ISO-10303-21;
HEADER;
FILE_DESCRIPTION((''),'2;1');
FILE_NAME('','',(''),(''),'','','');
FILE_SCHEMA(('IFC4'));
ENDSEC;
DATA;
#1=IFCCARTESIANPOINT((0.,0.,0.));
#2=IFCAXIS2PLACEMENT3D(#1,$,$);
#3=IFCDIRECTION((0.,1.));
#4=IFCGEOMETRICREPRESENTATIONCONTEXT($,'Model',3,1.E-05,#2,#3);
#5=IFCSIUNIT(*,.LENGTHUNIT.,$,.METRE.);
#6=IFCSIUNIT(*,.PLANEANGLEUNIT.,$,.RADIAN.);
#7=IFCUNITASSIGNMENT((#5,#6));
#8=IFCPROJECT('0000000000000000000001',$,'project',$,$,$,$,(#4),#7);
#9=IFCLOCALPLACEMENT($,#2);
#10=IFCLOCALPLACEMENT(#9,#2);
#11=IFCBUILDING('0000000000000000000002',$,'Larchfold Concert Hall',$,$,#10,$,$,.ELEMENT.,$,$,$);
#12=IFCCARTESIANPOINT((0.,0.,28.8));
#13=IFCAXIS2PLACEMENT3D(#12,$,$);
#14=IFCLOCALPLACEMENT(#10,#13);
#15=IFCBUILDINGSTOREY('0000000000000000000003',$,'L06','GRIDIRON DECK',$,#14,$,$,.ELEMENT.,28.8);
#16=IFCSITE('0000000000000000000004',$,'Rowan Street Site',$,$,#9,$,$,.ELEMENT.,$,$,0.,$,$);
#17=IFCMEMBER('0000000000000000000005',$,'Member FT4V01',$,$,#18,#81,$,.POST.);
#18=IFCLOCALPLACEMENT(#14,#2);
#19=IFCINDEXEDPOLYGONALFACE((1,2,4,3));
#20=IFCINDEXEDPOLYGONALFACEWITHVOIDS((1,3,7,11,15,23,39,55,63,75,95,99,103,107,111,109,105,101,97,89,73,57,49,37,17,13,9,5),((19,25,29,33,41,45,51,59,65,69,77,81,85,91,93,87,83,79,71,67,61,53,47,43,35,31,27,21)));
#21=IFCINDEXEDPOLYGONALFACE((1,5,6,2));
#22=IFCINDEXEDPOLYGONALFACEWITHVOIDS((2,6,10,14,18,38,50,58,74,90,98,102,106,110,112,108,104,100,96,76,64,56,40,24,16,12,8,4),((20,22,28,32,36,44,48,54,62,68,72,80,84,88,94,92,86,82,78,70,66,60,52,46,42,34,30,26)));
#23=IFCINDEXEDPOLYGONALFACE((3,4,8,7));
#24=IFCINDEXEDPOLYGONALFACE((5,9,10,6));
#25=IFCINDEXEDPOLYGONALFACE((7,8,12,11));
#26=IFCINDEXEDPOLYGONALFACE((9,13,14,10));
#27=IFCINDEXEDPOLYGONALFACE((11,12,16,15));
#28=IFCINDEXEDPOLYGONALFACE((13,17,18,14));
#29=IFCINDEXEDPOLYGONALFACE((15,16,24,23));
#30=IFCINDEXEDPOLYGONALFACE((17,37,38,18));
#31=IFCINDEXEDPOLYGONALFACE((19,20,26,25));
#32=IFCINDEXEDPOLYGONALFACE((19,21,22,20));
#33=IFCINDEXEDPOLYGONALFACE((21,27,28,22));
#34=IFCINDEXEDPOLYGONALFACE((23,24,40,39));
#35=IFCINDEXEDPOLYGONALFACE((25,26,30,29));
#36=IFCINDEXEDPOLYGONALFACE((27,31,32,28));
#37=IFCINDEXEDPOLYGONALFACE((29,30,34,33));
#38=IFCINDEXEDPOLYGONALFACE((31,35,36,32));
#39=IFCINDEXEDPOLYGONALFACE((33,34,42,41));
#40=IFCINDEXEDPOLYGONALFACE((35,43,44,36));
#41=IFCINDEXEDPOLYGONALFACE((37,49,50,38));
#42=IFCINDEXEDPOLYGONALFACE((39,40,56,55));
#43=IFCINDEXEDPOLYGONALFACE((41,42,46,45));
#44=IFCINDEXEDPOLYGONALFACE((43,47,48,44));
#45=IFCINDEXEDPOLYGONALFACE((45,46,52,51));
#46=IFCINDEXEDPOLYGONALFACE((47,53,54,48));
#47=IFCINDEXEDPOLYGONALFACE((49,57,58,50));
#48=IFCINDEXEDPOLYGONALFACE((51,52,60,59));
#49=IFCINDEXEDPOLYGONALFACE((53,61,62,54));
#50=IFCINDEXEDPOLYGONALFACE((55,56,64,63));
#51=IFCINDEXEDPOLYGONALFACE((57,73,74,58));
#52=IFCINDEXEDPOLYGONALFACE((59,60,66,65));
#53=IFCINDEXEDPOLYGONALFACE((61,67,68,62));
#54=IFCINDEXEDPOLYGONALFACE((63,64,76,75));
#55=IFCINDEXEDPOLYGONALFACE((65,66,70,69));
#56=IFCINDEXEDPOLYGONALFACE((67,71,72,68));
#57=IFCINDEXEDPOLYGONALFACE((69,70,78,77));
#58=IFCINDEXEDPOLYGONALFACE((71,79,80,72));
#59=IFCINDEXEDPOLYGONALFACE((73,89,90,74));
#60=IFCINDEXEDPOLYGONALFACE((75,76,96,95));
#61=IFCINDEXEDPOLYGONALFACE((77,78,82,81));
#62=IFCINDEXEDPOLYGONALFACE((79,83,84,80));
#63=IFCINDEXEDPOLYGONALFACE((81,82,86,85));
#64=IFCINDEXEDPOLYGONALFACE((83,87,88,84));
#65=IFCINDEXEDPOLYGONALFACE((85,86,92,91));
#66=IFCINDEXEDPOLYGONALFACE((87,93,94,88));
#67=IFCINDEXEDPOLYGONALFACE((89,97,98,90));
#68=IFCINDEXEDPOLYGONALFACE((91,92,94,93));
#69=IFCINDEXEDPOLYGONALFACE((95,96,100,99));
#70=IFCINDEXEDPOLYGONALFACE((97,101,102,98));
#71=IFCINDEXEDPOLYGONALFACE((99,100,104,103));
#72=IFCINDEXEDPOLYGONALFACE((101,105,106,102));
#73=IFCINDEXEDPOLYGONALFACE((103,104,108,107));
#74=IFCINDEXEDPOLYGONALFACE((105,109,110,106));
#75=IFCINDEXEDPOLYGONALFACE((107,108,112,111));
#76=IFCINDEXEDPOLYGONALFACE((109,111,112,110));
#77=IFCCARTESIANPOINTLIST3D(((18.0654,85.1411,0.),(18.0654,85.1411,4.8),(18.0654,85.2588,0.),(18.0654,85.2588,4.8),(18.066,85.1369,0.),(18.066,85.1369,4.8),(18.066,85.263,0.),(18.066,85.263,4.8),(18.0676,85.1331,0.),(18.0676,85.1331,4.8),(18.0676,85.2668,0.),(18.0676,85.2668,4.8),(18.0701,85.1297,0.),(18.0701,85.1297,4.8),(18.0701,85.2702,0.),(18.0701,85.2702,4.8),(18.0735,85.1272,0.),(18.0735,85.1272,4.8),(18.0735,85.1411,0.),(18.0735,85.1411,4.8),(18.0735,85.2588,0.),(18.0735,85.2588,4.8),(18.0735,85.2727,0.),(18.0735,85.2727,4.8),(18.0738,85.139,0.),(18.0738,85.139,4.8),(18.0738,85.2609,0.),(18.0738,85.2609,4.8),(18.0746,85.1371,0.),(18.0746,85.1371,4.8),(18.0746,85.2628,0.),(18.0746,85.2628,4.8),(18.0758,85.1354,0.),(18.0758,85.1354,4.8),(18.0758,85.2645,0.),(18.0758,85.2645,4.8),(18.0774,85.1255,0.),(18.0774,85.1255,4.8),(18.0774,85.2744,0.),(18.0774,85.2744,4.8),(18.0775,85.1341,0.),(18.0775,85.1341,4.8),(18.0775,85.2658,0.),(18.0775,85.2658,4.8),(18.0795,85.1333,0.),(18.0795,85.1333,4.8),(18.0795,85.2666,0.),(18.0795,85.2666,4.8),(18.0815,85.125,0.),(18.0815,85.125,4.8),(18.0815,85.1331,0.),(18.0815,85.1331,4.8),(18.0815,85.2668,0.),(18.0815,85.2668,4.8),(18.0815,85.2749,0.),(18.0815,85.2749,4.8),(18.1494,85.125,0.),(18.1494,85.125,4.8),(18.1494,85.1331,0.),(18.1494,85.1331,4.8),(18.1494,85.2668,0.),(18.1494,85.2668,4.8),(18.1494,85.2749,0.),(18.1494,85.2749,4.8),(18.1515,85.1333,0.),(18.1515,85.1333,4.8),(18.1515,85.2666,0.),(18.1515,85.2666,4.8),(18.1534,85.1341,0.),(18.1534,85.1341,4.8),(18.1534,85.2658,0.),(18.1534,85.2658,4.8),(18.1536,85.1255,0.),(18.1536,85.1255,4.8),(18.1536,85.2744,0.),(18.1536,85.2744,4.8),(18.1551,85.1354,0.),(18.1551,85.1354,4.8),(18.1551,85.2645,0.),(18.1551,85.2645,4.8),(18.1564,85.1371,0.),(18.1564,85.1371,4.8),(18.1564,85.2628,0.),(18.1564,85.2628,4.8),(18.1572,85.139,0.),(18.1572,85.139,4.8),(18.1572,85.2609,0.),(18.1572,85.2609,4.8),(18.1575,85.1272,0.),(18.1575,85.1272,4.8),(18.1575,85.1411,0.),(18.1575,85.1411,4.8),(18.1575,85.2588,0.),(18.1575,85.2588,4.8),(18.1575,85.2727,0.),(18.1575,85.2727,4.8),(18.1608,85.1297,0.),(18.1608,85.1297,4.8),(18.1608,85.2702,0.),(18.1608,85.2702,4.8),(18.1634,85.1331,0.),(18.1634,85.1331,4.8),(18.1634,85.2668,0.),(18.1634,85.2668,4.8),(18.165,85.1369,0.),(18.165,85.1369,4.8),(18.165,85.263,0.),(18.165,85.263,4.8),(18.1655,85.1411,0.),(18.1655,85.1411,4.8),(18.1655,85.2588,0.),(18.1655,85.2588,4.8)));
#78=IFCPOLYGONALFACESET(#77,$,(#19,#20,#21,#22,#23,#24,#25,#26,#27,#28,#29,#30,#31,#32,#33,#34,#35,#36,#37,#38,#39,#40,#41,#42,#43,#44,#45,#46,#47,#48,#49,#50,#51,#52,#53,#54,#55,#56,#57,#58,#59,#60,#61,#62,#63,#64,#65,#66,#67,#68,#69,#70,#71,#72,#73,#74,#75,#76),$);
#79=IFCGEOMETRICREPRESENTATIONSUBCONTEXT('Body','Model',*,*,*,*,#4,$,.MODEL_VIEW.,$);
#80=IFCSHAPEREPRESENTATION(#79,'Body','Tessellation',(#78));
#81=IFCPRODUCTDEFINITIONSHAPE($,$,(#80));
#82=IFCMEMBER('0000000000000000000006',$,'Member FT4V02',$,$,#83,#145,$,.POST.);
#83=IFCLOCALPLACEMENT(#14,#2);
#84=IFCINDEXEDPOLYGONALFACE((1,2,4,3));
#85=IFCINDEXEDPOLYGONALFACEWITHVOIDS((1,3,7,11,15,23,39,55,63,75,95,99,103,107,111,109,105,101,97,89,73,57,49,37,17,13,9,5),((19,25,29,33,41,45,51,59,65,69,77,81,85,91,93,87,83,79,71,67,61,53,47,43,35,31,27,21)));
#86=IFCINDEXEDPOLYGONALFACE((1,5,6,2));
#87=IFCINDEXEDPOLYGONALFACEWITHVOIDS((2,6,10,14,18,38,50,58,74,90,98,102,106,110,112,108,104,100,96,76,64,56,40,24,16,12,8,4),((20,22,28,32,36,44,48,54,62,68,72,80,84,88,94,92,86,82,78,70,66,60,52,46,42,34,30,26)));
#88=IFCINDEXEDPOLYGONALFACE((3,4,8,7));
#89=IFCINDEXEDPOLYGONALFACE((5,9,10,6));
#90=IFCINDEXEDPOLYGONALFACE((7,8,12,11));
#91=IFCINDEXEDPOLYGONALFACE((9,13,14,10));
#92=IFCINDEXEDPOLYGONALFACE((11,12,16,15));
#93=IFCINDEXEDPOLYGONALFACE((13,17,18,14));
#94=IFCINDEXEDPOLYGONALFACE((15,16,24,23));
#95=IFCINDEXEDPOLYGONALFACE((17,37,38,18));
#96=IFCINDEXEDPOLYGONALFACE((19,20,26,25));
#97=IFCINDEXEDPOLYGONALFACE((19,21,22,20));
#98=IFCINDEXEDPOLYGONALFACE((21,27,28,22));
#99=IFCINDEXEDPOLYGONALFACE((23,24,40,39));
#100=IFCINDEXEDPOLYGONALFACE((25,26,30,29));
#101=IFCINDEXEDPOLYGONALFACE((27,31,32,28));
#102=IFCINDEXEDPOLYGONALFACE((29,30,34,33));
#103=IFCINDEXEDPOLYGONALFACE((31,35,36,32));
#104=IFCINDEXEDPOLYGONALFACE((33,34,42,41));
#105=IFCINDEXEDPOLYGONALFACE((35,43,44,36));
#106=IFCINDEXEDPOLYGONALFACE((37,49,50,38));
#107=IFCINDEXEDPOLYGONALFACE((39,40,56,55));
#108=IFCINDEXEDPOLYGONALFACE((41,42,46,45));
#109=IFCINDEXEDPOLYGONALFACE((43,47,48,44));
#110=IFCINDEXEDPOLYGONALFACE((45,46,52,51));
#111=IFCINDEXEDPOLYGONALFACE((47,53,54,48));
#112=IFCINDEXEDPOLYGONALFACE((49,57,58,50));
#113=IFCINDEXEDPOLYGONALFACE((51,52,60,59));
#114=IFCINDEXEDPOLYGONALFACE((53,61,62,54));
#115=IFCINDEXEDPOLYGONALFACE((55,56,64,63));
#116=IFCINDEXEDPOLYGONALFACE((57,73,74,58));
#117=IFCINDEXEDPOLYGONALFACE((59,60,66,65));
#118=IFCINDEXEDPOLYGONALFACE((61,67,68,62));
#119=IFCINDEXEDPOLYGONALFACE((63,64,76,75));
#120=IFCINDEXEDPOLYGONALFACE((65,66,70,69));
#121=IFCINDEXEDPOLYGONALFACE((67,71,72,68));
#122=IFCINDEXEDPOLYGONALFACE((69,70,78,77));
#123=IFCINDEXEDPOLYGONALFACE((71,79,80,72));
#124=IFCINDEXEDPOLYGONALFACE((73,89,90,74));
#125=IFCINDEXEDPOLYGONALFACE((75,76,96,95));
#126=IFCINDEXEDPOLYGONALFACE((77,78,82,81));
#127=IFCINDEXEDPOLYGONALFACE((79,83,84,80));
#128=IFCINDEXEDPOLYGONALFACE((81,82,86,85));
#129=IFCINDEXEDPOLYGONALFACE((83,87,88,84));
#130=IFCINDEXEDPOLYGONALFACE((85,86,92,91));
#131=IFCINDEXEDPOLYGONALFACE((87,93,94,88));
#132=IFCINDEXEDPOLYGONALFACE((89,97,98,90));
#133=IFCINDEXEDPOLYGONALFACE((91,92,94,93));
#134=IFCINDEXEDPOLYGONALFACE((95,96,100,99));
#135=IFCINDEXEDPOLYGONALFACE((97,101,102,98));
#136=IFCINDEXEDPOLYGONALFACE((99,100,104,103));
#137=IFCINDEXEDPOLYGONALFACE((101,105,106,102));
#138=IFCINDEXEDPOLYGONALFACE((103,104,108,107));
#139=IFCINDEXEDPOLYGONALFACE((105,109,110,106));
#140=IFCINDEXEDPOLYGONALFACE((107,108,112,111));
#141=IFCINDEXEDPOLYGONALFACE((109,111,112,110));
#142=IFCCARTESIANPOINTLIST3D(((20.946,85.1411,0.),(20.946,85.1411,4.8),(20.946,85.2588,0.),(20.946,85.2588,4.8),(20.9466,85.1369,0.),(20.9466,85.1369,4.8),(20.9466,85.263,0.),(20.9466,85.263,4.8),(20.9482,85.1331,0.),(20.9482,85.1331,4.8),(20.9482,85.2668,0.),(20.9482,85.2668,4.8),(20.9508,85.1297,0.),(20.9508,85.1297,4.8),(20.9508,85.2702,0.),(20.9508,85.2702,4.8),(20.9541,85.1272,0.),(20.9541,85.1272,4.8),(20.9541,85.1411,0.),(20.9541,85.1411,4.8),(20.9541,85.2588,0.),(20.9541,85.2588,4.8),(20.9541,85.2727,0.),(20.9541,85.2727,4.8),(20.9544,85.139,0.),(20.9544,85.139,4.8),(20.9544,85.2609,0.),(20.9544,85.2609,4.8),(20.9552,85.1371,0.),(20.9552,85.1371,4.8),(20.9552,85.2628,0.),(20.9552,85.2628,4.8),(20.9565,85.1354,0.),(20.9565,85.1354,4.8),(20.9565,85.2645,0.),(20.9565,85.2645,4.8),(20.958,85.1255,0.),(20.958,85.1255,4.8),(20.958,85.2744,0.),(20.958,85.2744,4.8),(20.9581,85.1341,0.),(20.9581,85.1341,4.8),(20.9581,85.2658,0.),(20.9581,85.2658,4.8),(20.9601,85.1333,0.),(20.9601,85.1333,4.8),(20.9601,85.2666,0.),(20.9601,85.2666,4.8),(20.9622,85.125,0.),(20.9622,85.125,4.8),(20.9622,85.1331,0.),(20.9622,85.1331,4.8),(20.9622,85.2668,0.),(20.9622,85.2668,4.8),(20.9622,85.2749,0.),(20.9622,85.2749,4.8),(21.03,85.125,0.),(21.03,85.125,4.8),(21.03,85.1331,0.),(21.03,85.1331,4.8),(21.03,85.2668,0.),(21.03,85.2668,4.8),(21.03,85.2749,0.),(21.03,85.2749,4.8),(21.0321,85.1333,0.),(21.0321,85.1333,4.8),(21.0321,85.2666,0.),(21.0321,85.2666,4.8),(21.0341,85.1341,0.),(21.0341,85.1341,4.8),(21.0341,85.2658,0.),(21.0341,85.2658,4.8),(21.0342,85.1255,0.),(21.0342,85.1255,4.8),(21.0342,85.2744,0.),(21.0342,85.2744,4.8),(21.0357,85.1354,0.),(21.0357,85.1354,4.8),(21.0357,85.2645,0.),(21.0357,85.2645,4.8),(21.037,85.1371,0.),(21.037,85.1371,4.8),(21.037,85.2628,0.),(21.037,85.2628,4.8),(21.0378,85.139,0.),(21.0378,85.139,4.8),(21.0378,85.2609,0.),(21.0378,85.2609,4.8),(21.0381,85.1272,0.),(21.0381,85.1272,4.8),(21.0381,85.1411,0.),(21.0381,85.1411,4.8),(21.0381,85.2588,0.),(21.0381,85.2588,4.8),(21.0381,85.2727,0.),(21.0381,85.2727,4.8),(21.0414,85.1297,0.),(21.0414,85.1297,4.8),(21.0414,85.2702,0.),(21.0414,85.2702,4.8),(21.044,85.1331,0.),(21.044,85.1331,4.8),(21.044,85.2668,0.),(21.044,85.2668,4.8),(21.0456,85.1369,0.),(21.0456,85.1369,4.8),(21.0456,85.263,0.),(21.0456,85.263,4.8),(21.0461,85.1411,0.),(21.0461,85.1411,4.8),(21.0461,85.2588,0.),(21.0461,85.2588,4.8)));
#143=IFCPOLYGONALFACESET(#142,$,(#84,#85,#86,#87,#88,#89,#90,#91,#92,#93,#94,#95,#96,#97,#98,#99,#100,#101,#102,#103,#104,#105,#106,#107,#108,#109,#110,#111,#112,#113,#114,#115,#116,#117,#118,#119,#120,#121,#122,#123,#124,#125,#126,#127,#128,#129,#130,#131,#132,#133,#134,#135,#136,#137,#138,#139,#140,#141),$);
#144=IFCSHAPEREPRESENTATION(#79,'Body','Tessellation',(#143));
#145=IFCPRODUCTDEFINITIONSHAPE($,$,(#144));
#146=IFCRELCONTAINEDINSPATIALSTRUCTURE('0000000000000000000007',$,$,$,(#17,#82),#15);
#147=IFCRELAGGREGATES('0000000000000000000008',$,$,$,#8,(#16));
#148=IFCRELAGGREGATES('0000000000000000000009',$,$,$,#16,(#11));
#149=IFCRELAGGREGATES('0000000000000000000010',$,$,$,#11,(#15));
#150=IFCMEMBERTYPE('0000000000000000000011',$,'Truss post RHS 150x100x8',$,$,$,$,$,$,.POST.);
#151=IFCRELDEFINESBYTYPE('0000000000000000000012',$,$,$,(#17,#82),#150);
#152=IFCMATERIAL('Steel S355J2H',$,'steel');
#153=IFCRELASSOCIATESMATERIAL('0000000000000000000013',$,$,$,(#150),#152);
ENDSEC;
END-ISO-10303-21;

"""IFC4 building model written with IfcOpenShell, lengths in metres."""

from ifc_helpers import new_model, si_unit, direction, frame, origin, origin_2d, place, context, subcontext, project, spatial, hollow_rectangle, extrude, material, material_profile, profile_set, type_object, element, save


model = new_model("IFC4")

# Units and contexts
model_context = context("Model", 3, precision=1e-05, world=origin(), true_north=direction((0.0, 1.0)))
body_context = subcontext(model_context, "Body", "Model", "MODEL_VIEW")
ifc_project = project(units=[si_unit("LENGTHUNIT", "METRE"), si_unit("PLANEANGLEUNIT", "RADIAN")], contexts=[model_context])

# Site, building, storey
site_placement = place(None, origin())
site = spatial("IfcSite", under=ifc_project, at=site_placement, Name="Rowan Street Site", CompositionType="ELEMENT", RefElevation=0.0)
building_placement = place(site_placement, origin())
building = spatial("IfcBuilding", under=site, at=building_placement, Name="Larchfold Concert Hall", CompositionType="ELEMENT")
storey_placement = place(building_placement, frame((0.0, 0.0, 28.8)))
storey = spatial("IfcBuildingStorey", under=building, at=storey_placement, Name="L06", Description="GRIDIRON DECK", CompositionType="ELEMENT", Elevation=28.8)

# Members
ifc_material_1 = material(Name="Steel S355J2H", Category="steel")
ifc_material_profile_1 = material_profile(ifc_material_1, hollow_rectangle(XDim=0.1001, YDim=0.1499, WallThickness=0.0081, InnerFilletRadius=0.0081, OuterFilletRadius=0.0161, at=origin_2d()))
ifc_profile_set_1 = profile_set([ifc_material_profile_1], Name="Steel S355J2H")
member_type_1 = type_object("IfcMemberType", Name="Truss post RHS 150x100x8", PredefinedType="POST", material=ifc_profile_set_1)
for number, where, z_axis, x_axis, name in (
    (1, (18.1155, 85.2, 4.8), (0.0, 0.0, -1.0), (1.0, 0.0, 0.0), "Member FT4V01"),
    (2, (20.9961, 85.2, 4.8), (0.0, 0.0, -1.0), (1.0, 0.0, 0.0), "Member FT4V02"),
):
    element("IfcMember", number, at=place(storey_placement, frame(where, z_axis=z_axis, x_axis=x_axis)), inside=storey, type_object=member_type_1, Name=name, PredefinedType="POST", context=body_context, shape_type="SweptSolid", body=[
        extrude(hollow_rectangle(XDim=0.1001, YDim=0.1499, WallThickness=0.0081, InnerFilletRadius=0.0081, OuterFilletRadius=0.0161, at=origin_2d()), origin(), (0.0, 0.0, 1.0), 4.8),
    ])

save(model, "model.ifc")
